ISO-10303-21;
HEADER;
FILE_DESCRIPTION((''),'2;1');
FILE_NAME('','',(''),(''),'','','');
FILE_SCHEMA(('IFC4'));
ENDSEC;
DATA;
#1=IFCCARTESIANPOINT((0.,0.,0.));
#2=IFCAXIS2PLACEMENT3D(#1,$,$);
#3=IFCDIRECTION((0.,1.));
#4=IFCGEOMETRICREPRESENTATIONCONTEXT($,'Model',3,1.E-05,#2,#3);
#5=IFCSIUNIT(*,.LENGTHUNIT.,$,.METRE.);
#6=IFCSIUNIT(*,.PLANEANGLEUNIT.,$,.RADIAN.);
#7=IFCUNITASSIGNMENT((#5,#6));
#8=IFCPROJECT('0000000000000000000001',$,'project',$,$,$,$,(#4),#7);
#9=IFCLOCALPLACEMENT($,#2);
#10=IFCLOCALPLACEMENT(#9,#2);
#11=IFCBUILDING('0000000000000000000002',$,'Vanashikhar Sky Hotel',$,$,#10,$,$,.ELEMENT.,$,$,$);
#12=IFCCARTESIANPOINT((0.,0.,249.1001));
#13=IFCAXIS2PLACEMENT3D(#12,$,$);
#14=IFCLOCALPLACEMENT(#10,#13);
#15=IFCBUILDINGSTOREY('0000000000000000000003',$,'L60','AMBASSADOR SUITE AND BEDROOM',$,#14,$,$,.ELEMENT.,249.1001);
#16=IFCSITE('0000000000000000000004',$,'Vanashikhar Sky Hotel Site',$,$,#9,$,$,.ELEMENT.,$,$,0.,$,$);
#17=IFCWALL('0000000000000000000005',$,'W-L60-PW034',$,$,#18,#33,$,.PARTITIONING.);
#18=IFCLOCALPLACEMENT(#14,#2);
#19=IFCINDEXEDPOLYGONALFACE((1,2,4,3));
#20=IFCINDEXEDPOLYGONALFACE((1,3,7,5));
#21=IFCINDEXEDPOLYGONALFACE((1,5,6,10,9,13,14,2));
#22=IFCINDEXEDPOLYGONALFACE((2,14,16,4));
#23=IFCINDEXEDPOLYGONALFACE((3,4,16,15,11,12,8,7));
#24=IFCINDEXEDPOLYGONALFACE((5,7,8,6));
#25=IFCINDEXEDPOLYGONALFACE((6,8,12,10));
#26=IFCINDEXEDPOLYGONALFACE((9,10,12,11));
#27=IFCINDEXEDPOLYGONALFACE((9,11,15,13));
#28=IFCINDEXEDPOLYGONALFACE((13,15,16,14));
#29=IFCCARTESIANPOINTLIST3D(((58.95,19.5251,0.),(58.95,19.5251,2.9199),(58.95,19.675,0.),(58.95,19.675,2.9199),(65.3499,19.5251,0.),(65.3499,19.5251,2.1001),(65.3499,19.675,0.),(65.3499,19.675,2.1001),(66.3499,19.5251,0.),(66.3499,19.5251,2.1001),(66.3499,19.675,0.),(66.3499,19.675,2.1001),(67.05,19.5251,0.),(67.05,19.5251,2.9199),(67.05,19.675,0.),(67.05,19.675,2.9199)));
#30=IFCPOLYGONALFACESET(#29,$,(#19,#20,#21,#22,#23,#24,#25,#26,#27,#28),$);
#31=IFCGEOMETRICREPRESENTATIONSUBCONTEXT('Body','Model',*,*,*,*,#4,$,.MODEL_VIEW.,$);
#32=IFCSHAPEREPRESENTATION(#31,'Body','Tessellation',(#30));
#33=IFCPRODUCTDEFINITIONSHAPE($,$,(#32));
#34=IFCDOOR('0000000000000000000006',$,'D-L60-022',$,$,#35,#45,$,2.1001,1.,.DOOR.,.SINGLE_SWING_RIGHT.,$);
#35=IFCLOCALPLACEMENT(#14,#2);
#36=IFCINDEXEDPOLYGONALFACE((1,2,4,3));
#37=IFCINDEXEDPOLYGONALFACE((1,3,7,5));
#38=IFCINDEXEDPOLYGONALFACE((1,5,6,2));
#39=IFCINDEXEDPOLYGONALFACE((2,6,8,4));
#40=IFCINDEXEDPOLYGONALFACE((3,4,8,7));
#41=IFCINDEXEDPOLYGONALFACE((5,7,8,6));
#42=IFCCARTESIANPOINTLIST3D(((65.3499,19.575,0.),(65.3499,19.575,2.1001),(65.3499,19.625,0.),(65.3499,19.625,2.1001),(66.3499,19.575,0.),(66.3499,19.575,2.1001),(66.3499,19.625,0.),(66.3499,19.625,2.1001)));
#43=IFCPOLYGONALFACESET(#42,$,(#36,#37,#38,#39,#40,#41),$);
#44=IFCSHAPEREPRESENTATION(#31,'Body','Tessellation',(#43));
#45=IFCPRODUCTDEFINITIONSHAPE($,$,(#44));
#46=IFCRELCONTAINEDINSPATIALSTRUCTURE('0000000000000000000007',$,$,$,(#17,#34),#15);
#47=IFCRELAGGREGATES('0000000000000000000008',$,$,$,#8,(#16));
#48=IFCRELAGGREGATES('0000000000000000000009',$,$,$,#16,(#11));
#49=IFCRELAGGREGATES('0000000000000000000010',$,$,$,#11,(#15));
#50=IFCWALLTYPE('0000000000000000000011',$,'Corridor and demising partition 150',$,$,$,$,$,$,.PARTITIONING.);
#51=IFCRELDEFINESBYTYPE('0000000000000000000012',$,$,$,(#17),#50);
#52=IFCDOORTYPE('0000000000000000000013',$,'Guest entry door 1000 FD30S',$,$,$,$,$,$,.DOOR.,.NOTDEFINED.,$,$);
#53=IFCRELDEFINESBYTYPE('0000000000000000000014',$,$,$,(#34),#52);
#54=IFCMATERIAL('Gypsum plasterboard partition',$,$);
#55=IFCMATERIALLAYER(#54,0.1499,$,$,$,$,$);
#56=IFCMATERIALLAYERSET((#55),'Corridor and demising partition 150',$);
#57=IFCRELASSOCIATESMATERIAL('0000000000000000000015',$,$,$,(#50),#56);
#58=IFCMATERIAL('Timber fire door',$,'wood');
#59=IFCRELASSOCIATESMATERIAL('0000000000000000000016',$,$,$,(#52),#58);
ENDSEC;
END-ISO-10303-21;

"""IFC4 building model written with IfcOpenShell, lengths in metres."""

from ifc_helpers import new_model, si_unit, direction, frame, frame_2d, origin, place, context, subcontext, project, spatial, rectangle, extrude, source, transform, mapped, material, layer, layer_set, type_object, element, fill, save


model = new_model("IFC4")

# Units and contexts
model_context = context("Model", 3, precision=1e-05, world=origin(), true_north=direction((0.0, 1.0)))
body_context = subcontext(model_context, "Body", "Model", "MODEL_VIEW")
ifc_project = project(units=[si_unit("LENGTHUNIT", "METRE"), si_unit("PLANEANGLEUNIT", "RADIAN")], contexts=[model_context])

# Site, building, storey
site_placement = place(None, origin())
site = spatial("IfcSite", under=ifc_project, at=site_placement, Name="Vanashikhar Sky Hotel Site", CompositionType="ELEMENT", RefElevation=0.0)
building_placement = place(site_placement, origin())
building = spatial("IfcBuilding", under=site, at=building_placement, Name="Vanashikhar Sky Hotel", CompositionType="ELEMENT")
storey_placement = place(building_placement, frame((0.0, 0.0, 249.1001)))
storey = spatial("IfcBuildingStorey", under=building, at=storey_placement, Name="L60", Description="AMBASSADOR SUITE AND BEDROOM", CompositionType="ELEMENT", Elevation=249.1001)

# Wall, opening, door
ifc_material_1 = material(Name="Gypsum plasterboard partition")
ifc_layer_1 = layer(ifc_material_1, 0.1499)
ifc_layer_set_1 = layer_set([ifc_layer_1], Name="Corridor and demising partition 150")
wall_type_1 = type_object("IfcWallType", Name="Corridor and demising partition 150", PredefinedType="PARTITIONING", material=ifc_layer_set_1)
shared_shape_1 = source(origin(), body_context, "Body", "SweptSolid", [
    extrude(rectangle(XDim=8.1001, YDim=0.1499, at=frame_2d((4.05, 0.0))), origin(), (0.0, 0.0, 1.0), 2.9199),
])
wall_1_placement = place(storey_placement, frame((58.95, 19.6001, 0.0), z_axis=(0.0, 0.0, 1.0), x_axis=(1.0, 0.0, 0.0)))
wall_1 = element("IfcWall", 1, at=wall_1_placement, inside=storey, type_object=wall_type_1, Name="W-L60-PW034", PredefinedType="PARTITIONING", context=body_context, shape_type="MappedRepresentation", body=[
    mapped(shared_shape_1, transform((0.0, 0.0, 0.0), scale=1.0)),
])
shared_shape_2 = source(origin(), body_context, "Body", "SweptSolid", [
    extrude(rectangle(XDim=1.0, YDim=2.1001, at=frame_2d((0.5, 1.05))), frame((0.0, 0.085, 0.0), z_axis=(0.0, -1.0, 0.0), x_axis=(1.0, 0.0, 0.0)), (0.0, 0.0, 1.0), 0.1699),
])
opening_1_placement = place(wall_1_placement, frame((6.3999, 0.0, 0.0)))
opening_1 = element("IfcOpeningElement", 2, at=opening_1_placement, cuts=wall_1, PredefinedType="OPENING", context=body_context, shape_type="MappedRepresentation", body=[
    mapped(shared_shape_2, transform((0.0, 0.0, 0.0), scale=1.0)),
])
ifc_material_2 = material(Name="Timber fire door", Category="wood")
door_type_1 = type_object("IfcDoorType", Name="Guest entry door 1000 FD30S", OperationType="NOTDEFINED", PredefinedType="DOOR", material=ifc_material_2)
shared_shape_3 = source(origin(), body_context, "Body", "SweptSolid", [
    extrude(rectangle(XDim=1.0, YDim=2.1001, at=frame_2d((0.5, 1.05))), frame((0.0, 0.0249, 0.0), z_axis=(0.0, -1.0, 0.0), x_axis=(1.0, 0.0, 0.0)), (0.0, 0.0, 1.0), 0.05),
])
door_1_placement = place(opening_1_placement, origin())
door_1 = element("IfcDoor", 3, at=door_1_placement, inside=storey, type_object=door_type_1, Name="D-L60-022", OperationType="SINGLE_SWING_RIGHT", OverallHeight=2.1001, OverallWidth=1.0, PredefinedType="DOOR", context=body_context, shape_type="MappedRepresentation", body=[
    mapped(shared_shape_3, transform((0.0, 0.0, 0.0), scale=1.0)),
])
fill(opening_1, door_1)

save(model, "model.ifc")
